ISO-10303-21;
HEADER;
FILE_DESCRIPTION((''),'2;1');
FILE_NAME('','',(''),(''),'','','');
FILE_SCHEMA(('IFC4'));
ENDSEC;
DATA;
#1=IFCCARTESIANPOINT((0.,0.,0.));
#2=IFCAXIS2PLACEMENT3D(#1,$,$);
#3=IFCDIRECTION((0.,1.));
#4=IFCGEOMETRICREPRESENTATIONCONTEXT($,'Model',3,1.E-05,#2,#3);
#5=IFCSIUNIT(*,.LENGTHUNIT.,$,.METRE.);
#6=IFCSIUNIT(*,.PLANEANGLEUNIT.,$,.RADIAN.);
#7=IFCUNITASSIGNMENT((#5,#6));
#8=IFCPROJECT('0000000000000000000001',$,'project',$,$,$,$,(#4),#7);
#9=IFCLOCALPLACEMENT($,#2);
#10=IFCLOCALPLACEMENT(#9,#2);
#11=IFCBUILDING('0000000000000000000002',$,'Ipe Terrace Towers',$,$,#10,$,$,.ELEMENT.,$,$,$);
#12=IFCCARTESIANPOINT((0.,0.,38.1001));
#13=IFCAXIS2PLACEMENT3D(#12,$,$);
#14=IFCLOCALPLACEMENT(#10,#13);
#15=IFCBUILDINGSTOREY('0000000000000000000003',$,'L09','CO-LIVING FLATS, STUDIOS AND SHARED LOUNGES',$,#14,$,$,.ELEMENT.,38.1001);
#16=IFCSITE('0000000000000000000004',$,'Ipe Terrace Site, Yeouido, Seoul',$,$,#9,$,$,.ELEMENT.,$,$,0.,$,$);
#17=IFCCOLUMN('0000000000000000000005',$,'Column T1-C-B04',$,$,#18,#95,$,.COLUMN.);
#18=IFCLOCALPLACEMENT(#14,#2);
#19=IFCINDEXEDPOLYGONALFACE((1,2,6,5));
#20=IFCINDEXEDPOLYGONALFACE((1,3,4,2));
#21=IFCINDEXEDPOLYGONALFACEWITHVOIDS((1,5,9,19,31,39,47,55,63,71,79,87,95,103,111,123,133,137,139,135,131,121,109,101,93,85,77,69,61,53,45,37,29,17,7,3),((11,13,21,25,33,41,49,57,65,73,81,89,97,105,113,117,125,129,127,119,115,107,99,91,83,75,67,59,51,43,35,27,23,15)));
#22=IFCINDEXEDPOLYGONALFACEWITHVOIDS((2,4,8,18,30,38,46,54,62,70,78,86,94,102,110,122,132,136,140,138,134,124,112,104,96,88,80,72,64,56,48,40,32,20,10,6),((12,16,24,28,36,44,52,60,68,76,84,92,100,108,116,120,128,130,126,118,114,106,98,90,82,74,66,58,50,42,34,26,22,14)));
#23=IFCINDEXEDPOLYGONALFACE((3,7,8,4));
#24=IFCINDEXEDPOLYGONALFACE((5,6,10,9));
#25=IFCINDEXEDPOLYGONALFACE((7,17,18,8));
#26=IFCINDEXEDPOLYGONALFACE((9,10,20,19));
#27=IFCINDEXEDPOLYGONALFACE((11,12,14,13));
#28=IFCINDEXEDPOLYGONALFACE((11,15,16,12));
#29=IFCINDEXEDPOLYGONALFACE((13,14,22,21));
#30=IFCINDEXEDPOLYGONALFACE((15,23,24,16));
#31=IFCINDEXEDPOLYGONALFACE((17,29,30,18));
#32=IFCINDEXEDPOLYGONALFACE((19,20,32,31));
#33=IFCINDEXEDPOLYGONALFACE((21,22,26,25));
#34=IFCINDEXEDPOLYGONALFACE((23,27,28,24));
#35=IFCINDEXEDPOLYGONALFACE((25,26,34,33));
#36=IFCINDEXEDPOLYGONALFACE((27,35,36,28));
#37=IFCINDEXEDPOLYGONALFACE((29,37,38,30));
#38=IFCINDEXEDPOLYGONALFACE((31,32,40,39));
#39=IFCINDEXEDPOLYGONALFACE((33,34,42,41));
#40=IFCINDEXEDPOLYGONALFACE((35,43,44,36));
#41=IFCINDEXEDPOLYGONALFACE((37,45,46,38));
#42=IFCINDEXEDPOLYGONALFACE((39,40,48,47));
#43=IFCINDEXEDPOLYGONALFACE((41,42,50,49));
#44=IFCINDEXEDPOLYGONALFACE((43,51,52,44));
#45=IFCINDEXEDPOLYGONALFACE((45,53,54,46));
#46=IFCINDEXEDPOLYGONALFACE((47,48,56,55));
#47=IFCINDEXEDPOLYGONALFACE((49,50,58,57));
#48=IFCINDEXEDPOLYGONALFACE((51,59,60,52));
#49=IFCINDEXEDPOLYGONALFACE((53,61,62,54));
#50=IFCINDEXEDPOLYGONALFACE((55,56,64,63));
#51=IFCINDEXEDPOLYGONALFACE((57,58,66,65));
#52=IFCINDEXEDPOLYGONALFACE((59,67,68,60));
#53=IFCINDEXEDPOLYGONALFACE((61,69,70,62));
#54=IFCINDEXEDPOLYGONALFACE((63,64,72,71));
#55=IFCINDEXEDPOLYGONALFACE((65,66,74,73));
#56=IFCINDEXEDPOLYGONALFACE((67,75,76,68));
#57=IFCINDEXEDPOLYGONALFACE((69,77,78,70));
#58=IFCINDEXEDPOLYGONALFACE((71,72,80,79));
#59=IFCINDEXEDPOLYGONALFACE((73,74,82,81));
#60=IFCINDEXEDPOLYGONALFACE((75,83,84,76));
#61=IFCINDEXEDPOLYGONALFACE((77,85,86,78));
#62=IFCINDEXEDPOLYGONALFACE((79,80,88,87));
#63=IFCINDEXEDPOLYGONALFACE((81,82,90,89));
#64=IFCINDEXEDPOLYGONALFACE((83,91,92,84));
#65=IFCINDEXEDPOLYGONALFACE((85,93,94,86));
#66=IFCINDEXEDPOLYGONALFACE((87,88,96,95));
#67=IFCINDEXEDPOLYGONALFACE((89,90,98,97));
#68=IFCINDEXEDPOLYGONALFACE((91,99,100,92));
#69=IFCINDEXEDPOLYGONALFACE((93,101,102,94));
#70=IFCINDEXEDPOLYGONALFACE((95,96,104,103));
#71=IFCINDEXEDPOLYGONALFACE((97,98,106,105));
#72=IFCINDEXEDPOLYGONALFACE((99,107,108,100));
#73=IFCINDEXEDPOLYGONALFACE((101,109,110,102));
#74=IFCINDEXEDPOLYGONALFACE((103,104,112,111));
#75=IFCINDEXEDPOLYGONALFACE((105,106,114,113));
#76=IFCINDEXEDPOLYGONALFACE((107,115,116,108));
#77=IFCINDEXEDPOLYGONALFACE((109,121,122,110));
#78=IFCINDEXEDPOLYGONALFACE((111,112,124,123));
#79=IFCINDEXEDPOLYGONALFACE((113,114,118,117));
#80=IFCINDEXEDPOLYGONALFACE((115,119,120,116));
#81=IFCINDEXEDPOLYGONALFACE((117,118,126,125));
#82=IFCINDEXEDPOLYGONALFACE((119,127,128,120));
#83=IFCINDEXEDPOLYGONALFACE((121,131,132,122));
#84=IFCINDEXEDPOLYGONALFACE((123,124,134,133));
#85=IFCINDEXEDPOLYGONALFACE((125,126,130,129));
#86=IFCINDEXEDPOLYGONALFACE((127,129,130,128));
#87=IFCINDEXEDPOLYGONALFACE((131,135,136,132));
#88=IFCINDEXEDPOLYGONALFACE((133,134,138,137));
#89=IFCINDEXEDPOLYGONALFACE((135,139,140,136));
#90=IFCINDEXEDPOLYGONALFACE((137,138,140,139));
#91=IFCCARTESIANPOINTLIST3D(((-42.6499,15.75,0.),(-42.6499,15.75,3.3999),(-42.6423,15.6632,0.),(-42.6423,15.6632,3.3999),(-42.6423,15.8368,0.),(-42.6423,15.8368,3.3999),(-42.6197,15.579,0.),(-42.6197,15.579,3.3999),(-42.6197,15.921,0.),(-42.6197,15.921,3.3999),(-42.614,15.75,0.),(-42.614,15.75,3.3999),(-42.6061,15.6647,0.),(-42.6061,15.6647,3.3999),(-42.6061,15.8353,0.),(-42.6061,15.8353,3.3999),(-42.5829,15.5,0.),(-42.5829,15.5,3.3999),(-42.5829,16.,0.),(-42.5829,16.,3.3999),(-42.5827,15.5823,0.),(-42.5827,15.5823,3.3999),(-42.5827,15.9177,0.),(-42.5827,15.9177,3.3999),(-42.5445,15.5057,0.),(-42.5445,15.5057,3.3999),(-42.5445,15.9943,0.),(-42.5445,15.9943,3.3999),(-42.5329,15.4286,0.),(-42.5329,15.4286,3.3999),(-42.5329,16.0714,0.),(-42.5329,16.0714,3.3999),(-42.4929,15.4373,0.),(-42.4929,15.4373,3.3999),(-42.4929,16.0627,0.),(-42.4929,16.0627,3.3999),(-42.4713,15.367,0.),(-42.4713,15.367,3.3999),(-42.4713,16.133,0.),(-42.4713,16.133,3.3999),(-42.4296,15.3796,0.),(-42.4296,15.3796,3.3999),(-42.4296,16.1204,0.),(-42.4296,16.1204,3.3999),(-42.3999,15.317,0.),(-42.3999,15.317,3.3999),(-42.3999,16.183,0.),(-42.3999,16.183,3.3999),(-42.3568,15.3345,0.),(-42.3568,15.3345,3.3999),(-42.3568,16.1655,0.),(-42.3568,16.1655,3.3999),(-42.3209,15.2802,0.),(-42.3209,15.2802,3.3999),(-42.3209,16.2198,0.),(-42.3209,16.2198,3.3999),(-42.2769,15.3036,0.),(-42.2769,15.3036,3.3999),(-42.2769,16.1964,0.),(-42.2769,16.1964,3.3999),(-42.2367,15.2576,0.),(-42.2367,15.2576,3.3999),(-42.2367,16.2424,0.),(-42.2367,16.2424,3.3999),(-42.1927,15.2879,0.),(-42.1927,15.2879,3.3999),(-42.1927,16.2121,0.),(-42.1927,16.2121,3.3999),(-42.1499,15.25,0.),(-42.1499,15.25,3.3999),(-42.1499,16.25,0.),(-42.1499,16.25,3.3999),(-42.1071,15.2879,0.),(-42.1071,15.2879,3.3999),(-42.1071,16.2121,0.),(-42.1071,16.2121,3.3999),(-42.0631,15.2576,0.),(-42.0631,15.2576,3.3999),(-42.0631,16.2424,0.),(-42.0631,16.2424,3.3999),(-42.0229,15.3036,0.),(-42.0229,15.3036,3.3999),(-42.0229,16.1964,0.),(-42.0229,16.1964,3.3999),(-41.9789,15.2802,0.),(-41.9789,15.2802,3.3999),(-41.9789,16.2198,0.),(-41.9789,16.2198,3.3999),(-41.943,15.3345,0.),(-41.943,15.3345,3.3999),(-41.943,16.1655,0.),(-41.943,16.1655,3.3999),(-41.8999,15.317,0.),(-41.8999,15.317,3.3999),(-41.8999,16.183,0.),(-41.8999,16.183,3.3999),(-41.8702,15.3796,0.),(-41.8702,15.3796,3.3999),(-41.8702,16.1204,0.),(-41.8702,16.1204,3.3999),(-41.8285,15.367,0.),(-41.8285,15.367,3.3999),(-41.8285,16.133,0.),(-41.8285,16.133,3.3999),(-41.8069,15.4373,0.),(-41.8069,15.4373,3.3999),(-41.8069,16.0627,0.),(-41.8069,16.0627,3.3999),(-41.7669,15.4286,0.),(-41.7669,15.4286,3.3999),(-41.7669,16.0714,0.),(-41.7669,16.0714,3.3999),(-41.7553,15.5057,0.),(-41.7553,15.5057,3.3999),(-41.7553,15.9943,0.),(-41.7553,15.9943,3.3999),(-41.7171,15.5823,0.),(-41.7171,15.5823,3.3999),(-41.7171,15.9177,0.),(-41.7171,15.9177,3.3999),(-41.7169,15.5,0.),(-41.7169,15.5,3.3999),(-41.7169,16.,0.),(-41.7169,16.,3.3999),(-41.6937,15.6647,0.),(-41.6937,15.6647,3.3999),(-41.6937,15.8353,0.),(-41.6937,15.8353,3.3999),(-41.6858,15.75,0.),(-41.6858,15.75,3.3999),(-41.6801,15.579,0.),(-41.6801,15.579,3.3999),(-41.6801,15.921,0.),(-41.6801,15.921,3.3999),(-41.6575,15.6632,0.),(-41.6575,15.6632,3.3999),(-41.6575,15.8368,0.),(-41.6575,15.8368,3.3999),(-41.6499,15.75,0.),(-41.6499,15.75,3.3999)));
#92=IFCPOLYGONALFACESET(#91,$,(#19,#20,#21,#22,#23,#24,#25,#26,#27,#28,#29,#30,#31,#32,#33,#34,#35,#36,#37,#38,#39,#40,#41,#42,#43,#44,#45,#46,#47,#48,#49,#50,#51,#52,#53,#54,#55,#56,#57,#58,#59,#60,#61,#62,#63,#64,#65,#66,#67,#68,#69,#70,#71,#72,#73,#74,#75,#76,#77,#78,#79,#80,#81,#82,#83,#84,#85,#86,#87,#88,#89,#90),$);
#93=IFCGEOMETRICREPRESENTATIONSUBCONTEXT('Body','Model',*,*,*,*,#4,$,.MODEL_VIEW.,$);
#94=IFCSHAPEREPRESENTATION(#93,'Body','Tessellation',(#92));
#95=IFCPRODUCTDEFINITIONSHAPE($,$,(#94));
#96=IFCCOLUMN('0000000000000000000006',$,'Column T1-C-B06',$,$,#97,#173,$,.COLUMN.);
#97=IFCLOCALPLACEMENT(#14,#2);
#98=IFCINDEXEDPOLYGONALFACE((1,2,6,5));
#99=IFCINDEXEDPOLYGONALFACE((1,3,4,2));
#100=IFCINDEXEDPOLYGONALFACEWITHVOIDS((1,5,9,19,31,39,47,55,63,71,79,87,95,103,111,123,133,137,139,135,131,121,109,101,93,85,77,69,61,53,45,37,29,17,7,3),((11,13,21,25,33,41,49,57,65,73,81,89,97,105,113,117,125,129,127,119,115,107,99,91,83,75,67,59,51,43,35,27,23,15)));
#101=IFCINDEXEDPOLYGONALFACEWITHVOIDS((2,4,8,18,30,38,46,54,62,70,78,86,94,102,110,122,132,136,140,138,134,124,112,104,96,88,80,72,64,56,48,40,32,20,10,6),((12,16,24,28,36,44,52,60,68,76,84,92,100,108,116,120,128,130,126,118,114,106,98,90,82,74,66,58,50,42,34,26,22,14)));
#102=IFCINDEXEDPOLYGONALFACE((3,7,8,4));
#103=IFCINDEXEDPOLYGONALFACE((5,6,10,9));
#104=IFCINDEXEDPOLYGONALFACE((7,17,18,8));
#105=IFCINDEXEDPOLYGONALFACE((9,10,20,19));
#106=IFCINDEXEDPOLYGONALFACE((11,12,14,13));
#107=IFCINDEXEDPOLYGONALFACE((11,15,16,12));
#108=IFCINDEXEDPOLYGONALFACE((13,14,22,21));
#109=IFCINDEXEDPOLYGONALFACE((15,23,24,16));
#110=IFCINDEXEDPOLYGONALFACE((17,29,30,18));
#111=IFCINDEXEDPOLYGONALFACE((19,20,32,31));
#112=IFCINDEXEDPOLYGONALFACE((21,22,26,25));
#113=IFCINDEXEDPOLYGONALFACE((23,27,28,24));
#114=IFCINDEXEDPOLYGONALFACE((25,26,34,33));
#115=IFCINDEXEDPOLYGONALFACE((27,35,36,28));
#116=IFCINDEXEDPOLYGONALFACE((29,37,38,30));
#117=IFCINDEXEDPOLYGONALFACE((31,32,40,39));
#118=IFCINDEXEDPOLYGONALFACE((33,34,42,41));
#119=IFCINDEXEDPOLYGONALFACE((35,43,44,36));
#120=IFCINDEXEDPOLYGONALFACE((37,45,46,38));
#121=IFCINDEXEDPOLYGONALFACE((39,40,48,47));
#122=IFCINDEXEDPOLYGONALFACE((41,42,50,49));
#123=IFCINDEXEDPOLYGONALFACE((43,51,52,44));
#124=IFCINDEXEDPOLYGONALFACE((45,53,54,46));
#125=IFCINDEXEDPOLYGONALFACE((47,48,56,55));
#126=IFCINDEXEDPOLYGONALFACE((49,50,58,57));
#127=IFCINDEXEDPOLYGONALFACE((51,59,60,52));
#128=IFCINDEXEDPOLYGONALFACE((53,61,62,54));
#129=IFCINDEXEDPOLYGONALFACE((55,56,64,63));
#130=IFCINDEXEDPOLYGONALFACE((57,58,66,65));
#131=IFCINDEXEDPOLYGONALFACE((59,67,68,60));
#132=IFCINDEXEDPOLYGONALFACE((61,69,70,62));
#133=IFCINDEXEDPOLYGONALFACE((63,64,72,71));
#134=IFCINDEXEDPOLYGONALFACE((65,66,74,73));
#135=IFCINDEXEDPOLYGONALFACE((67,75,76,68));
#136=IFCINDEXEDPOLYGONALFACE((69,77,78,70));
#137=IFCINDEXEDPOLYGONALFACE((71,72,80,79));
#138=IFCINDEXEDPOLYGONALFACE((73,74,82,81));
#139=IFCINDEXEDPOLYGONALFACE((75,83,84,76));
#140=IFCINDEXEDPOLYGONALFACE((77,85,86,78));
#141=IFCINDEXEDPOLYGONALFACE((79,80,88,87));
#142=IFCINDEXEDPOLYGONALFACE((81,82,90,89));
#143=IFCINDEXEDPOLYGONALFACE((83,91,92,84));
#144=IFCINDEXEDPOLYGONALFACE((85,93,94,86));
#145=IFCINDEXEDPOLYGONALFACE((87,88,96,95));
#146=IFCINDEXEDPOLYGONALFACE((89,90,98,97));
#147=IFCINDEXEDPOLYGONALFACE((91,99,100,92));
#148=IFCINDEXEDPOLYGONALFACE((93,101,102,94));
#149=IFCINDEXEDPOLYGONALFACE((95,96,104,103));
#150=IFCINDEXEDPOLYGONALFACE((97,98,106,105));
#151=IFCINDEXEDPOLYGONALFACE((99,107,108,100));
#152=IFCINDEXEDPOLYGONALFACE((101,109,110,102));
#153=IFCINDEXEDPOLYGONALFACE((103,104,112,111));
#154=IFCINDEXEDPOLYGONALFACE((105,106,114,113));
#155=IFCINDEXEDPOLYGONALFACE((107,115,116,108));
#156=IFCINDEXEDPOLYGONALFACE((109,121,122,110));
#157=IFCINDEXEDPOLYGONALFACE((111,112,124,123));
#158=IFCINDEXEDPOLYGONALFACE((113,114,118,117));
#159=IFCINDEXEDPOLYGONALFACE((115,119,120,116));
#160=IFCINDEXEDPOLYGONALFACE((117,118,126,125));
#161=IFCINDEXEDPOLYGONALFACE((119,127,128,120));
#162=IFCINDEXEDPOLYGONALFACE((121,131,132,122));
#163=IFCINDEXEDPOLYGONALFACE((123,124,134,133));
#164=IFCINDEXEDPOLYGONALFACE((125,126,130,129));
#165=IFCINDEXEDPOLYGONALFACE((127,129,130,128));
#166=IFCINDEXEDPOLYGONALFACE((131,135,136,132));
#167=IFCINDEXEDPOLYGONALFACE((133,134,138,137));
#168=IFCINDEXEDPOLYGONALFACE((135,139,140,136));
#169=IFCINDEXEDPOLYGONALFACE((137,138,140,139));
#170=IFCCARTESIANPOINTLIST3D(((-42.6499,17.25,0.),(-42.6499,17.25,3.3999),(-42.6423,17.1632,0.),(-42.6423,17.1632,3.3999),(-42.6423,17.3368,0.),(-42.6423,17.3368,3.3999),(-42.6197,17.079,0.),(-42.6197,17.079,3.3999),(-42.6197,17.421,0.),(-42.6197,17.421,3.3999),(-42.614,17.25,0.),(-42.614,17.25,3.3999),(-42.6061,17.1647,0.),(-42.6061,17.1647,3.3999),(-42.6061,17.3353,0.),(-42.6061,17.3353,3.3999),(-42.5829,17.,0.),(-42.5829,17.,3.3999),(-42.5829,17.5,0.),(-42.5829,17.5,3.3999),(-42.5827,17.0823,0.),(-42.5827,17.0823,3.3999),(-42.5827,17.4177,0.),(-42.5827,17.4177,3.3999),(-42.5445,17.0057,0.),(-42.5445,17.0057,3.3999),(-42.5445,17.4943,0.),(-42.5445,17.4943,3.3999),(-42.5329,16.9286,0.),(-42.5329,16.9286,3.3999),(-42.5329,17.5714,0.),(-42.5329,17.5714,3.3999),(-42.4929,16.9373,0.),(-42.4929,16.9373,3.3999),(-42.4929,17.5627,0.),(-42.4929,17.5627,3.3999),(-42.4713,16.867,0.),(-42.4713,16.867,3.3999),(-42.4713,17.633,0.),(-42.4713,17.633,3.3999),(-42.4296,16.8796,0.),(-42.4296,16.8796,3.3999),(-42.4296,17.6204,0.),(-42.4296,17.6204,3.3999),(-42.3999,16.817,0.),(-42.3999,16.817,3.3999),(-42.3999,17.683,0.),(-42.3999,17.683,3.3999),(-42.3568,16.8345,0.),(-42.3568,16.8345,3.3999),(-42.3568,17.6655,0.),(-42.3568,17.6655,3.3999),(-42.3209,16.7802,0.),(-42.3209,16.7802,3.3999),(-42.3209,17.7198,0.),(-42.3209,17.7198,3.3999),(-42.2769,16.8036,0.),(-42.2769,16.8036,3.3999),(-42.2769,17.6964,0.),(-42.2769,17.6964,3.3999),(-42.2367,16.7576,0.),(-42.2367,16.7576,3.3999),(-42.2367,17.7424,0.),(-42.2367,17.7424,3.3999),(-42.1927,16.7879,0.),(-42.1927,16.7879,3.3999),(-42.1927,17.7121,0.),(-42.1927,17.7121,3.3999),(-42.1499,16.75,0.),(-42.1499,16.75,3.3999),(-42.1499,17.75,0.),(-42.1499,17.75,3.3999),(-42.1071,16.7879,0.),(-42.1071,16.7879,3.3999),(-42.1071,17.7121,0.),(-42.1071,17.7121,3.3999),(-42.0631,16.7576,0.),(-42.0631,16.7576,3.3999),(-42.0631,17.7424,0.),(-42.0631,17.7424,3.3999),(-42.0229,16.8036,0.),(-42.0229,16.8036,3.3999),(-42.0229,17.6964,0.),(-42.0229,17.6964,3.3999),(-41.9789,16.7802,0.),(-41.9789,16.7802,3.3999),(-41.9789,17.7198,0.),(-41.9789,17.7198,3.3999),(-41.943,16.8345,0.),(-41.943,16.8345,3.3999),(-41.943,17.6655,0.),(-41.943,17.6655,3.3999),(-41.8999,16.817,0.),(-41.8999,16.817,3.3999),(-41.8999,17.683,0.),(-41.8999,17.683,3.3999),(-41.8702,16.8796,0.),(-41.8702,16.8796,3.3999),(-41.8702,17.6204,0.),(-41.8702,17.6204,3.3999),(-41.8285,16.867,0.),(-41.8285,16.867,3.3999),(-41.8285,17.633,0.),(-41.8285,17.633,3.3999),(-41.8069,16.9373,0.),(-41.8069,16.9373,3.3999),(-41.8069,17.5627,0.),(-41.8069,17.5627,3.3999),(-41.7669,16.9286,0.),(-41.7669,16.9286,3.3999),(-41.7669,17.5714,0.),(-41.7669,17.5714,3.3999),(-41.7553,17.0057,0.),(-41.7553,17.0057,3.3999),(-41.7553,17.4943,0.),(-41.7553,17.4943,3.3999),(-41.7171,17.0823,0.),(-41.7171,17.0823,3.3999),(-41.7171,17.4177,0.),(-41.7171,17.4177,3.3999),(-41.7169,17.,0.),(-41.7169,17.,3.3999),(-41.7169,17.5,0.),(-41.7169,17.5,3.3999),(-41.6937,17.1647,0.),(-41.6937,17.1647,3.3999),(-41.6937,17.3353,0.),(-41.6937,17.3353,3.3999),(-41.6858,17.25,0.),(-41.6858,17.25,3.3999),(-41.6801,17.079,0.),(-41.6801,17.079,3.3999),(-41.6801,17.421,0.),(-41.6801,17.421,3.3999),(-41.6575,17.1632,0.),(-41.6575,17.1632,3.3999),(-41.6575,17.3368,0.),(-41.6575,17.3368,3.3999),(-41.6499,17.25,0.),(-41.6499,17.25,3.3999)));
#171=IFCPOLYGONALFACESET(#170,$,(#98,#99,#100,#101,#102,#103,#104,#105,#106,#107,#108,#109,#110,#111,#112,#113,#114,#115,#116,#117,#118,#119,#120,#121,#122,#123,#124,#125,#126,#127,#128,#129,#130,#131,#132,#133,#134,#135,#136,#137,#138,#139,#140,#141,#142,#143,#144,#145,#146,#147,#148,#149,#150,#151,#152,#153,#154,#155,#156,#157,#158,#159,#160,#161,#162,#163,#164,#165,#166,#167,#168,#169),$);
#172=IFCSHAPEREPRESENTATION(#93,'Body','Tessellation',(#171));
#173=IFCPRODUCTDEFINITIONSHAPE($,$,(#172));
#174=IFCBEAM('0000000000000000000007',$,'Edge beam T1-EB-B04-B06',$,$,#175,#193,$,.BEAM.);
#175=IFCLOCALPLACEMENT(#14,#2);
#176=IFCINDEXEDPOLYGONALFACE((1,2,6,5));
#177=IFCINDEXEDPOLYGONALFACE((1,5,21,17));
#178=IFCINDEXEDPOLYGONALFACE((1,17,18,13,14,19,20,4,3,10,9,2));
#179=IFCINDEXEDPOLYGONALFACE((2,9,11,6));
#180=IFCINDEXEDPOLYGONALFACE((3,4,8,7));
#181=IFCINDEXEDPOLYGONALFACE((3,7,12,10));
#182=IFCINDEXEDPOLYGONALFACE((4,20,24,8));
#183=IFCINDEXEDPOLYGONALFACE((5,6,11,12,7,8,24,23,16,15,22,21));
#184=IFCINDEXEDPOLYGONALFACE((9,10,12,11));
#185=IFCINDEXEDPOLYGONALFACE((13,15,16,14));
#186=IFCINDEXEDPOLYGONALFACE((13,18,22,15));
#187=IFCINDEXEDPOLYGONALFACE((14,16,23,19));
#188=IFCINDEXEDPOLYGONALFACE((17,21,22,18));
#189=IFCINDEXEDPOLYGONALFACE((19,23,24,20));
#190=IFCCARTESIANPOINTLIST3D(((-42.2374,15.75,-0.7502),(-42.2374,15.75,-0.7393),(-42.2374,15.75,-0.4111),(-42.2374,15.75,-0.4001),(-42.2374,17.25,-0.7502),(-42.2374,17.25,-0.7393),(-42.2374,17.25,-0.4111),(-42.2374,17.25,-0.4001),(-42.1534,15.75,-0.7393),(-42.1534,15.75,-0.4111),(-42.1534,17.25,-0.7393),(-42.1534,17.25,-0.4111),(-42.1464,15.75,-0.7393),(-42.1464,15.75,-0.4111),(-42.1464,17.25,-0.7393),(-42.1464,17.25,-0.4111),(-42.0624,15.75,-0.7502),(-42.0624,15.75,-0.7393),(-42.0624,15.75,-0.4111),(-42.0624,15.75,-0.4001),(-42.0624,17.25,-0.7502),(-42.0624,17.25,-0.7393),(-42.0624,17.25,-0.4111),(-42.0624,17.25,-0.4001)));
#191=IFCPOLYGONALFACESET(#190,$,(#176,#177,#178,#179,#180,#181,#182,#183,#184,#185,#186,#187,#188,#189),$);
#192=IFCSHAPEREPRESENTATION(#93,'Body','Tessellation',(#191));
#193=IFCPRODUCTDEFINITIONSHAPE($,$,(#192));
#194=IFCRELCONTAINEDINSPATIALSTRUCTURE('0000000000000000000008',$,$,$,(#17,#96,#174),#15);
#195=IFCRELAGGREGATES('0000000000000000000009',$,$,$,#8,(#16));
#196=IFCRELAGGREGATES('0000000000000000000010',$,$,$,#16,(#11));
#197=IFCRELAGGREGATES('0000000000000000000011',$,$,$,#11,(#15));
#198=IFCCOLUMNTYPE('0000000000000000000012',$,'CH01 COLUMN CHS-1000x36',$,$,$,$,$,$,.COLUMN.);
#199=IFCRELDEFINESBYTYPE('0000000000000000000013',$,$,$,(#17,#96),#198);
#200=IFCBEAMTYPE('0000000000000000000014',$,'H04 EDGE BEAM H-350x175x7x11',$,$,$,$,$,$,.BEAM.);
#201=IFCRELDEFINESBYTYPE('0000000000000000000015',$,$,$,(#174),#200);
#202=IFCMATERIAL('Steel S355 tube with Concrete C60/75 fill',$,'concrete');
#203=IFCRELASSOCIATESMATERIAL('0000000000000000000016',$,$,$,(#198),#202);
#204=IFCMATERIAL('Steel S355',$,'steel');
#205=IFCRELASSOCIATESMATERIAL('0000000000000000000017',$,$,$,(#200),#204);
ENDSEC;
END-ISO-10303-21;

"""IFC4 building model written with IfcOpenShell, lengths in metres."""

from ifc_helpers import new_model, si_unit, direction, frame, origin, origin_2d, place, context, subcontext, project, spatial, hollow_circle, i_section, extrude, material, material_profile, profile_set, type_object, element, save


model = new_model("IFC4")

# Units and contexts
model_context = context("Model", 3, precision=1e-05, world=origin(), true_north=direction((0.0, 1.0)))
body_context = subcontext(model_context, "Body", "Model", "MODEL_VIEW")
ifc_project = project(units=[si_unit("LENGTHUNIT", "METRE"), si_unit("PLANEANGLEUNIT", "RADIAN")], contexts=[model_context])

# Site, building, storey
site_placement = place(None, origin())
site = spatial("IfcSite", under=ifc_project, at=site_placement, Name="Ipe Terrace Site, Yeouido, Seoul", CompositionType="ELEMENT", RefElevation=0.0)
building_placement = place(site_placement, origin())
building = spatial("IfcBuilding", under=site, at=building_placement, Name="Ipe Terrace Towers", CompositionType="ELEMENT")
storey_placement = place(building_placement, frame((0.0, 0.0, 38.1001)))
storey = spatial("IfcBuildingStorey", under=building, at=storey_placement, Name="L09", Description="CO-LIVING FLATS, STUDIOS AND SHARED LOUNGES", CompositionType="ELEMENT", Elevation=38.1001)

# Columns
ifc_material_1 = material(Name="Steel S355 tube with Concrete C60/75 fill", Category="concrete")
ifc_material_profile_1 = material_profile(ifc_material_1, hollow_circle(Radius=0.5, WallThickness=0.0359, at=origin_2d()), Name="CHS-1000x36")
ifc_profile_set_1 = profile_set([ifc_material_profile_1], Name="Steel S355 tube with Concrete C60/75 fill")
column_type = type_object("IfcColumnType", Name="CH01 COLUMN CHS-1000x36", PredefinedType="COLUMN", material=ifc_profile_set_1)
for number, where, z_axis, x_axis, name in (
    (1, (-42.1499, 15.75, 0.0), (0.0, 0.0, 1.0), (1.0, 0.0, 0.0), "Column T1-C-B04"),
    (2, (-42.1499, 17.25, 0.0), (0.0, 0.0, 1.0), (1.0, 0.0, 0.0), "Column T1-C-B06"),
):
    element("IfcColumn", number, at=place(storey_placement, frame(where, z_axis=z_axis, x_axis=x_axis)), inside=storey, type_object=column_type, Name=name, PredefinedType="COLUMN", context=body_context, shape_type="SweptSolid", body=[
        extrude(hollow_circle(Radius=0.5, WallThickness=0.0359, at=origin_2d()), origin(), (0.0, 0.0, 1.0), 3.3999),
    ])

# Beam
ifc_material_2 = material(Name="Steel S355", Category="steel")
ifc_material_profile_2 = material_profile(ifc_material_2, i_section(OverallWidth=0.175, OverallDepth=0.3501, WebThickness=0.0071, FlangeThickness=0.011, at=origin_2d()), Name="H-350x175x7x11")
ifc_profile_set_2 = profile_set([ifc_material_profile_2], Name="Steel S355")
beam_type = type_object("IfcBeamType", Name="H04 EDGE BEAM H-350x175x7x11", PredefinedType="BEAM", material=ifc_profile_set_2)
beam_placement = place(storey_placement, frame((-42.1499, 15.75, -0.5752), z_axis=(0.0, 1.0, 0.0), x_axis=(-1.0, 0.0, 0.0)))
element("IfcBeam", 3, at=beam_placement, inside=storey, type_object=beam_type, Name="Edge beam T1-EB-B04-B06", PredefinedType="BEAM", context=body_context, shape_type="SweptSolid", body=[
    extrude(i_section(OverallWidth=0.175, OverallDepth=0.3501, WebThickness=0.0071, FlangeThickness=0.011, at=origin_2d()), origin(), (0.0, 0.0, 1.0), 1.5),
])

save(model, "model.ifc")
